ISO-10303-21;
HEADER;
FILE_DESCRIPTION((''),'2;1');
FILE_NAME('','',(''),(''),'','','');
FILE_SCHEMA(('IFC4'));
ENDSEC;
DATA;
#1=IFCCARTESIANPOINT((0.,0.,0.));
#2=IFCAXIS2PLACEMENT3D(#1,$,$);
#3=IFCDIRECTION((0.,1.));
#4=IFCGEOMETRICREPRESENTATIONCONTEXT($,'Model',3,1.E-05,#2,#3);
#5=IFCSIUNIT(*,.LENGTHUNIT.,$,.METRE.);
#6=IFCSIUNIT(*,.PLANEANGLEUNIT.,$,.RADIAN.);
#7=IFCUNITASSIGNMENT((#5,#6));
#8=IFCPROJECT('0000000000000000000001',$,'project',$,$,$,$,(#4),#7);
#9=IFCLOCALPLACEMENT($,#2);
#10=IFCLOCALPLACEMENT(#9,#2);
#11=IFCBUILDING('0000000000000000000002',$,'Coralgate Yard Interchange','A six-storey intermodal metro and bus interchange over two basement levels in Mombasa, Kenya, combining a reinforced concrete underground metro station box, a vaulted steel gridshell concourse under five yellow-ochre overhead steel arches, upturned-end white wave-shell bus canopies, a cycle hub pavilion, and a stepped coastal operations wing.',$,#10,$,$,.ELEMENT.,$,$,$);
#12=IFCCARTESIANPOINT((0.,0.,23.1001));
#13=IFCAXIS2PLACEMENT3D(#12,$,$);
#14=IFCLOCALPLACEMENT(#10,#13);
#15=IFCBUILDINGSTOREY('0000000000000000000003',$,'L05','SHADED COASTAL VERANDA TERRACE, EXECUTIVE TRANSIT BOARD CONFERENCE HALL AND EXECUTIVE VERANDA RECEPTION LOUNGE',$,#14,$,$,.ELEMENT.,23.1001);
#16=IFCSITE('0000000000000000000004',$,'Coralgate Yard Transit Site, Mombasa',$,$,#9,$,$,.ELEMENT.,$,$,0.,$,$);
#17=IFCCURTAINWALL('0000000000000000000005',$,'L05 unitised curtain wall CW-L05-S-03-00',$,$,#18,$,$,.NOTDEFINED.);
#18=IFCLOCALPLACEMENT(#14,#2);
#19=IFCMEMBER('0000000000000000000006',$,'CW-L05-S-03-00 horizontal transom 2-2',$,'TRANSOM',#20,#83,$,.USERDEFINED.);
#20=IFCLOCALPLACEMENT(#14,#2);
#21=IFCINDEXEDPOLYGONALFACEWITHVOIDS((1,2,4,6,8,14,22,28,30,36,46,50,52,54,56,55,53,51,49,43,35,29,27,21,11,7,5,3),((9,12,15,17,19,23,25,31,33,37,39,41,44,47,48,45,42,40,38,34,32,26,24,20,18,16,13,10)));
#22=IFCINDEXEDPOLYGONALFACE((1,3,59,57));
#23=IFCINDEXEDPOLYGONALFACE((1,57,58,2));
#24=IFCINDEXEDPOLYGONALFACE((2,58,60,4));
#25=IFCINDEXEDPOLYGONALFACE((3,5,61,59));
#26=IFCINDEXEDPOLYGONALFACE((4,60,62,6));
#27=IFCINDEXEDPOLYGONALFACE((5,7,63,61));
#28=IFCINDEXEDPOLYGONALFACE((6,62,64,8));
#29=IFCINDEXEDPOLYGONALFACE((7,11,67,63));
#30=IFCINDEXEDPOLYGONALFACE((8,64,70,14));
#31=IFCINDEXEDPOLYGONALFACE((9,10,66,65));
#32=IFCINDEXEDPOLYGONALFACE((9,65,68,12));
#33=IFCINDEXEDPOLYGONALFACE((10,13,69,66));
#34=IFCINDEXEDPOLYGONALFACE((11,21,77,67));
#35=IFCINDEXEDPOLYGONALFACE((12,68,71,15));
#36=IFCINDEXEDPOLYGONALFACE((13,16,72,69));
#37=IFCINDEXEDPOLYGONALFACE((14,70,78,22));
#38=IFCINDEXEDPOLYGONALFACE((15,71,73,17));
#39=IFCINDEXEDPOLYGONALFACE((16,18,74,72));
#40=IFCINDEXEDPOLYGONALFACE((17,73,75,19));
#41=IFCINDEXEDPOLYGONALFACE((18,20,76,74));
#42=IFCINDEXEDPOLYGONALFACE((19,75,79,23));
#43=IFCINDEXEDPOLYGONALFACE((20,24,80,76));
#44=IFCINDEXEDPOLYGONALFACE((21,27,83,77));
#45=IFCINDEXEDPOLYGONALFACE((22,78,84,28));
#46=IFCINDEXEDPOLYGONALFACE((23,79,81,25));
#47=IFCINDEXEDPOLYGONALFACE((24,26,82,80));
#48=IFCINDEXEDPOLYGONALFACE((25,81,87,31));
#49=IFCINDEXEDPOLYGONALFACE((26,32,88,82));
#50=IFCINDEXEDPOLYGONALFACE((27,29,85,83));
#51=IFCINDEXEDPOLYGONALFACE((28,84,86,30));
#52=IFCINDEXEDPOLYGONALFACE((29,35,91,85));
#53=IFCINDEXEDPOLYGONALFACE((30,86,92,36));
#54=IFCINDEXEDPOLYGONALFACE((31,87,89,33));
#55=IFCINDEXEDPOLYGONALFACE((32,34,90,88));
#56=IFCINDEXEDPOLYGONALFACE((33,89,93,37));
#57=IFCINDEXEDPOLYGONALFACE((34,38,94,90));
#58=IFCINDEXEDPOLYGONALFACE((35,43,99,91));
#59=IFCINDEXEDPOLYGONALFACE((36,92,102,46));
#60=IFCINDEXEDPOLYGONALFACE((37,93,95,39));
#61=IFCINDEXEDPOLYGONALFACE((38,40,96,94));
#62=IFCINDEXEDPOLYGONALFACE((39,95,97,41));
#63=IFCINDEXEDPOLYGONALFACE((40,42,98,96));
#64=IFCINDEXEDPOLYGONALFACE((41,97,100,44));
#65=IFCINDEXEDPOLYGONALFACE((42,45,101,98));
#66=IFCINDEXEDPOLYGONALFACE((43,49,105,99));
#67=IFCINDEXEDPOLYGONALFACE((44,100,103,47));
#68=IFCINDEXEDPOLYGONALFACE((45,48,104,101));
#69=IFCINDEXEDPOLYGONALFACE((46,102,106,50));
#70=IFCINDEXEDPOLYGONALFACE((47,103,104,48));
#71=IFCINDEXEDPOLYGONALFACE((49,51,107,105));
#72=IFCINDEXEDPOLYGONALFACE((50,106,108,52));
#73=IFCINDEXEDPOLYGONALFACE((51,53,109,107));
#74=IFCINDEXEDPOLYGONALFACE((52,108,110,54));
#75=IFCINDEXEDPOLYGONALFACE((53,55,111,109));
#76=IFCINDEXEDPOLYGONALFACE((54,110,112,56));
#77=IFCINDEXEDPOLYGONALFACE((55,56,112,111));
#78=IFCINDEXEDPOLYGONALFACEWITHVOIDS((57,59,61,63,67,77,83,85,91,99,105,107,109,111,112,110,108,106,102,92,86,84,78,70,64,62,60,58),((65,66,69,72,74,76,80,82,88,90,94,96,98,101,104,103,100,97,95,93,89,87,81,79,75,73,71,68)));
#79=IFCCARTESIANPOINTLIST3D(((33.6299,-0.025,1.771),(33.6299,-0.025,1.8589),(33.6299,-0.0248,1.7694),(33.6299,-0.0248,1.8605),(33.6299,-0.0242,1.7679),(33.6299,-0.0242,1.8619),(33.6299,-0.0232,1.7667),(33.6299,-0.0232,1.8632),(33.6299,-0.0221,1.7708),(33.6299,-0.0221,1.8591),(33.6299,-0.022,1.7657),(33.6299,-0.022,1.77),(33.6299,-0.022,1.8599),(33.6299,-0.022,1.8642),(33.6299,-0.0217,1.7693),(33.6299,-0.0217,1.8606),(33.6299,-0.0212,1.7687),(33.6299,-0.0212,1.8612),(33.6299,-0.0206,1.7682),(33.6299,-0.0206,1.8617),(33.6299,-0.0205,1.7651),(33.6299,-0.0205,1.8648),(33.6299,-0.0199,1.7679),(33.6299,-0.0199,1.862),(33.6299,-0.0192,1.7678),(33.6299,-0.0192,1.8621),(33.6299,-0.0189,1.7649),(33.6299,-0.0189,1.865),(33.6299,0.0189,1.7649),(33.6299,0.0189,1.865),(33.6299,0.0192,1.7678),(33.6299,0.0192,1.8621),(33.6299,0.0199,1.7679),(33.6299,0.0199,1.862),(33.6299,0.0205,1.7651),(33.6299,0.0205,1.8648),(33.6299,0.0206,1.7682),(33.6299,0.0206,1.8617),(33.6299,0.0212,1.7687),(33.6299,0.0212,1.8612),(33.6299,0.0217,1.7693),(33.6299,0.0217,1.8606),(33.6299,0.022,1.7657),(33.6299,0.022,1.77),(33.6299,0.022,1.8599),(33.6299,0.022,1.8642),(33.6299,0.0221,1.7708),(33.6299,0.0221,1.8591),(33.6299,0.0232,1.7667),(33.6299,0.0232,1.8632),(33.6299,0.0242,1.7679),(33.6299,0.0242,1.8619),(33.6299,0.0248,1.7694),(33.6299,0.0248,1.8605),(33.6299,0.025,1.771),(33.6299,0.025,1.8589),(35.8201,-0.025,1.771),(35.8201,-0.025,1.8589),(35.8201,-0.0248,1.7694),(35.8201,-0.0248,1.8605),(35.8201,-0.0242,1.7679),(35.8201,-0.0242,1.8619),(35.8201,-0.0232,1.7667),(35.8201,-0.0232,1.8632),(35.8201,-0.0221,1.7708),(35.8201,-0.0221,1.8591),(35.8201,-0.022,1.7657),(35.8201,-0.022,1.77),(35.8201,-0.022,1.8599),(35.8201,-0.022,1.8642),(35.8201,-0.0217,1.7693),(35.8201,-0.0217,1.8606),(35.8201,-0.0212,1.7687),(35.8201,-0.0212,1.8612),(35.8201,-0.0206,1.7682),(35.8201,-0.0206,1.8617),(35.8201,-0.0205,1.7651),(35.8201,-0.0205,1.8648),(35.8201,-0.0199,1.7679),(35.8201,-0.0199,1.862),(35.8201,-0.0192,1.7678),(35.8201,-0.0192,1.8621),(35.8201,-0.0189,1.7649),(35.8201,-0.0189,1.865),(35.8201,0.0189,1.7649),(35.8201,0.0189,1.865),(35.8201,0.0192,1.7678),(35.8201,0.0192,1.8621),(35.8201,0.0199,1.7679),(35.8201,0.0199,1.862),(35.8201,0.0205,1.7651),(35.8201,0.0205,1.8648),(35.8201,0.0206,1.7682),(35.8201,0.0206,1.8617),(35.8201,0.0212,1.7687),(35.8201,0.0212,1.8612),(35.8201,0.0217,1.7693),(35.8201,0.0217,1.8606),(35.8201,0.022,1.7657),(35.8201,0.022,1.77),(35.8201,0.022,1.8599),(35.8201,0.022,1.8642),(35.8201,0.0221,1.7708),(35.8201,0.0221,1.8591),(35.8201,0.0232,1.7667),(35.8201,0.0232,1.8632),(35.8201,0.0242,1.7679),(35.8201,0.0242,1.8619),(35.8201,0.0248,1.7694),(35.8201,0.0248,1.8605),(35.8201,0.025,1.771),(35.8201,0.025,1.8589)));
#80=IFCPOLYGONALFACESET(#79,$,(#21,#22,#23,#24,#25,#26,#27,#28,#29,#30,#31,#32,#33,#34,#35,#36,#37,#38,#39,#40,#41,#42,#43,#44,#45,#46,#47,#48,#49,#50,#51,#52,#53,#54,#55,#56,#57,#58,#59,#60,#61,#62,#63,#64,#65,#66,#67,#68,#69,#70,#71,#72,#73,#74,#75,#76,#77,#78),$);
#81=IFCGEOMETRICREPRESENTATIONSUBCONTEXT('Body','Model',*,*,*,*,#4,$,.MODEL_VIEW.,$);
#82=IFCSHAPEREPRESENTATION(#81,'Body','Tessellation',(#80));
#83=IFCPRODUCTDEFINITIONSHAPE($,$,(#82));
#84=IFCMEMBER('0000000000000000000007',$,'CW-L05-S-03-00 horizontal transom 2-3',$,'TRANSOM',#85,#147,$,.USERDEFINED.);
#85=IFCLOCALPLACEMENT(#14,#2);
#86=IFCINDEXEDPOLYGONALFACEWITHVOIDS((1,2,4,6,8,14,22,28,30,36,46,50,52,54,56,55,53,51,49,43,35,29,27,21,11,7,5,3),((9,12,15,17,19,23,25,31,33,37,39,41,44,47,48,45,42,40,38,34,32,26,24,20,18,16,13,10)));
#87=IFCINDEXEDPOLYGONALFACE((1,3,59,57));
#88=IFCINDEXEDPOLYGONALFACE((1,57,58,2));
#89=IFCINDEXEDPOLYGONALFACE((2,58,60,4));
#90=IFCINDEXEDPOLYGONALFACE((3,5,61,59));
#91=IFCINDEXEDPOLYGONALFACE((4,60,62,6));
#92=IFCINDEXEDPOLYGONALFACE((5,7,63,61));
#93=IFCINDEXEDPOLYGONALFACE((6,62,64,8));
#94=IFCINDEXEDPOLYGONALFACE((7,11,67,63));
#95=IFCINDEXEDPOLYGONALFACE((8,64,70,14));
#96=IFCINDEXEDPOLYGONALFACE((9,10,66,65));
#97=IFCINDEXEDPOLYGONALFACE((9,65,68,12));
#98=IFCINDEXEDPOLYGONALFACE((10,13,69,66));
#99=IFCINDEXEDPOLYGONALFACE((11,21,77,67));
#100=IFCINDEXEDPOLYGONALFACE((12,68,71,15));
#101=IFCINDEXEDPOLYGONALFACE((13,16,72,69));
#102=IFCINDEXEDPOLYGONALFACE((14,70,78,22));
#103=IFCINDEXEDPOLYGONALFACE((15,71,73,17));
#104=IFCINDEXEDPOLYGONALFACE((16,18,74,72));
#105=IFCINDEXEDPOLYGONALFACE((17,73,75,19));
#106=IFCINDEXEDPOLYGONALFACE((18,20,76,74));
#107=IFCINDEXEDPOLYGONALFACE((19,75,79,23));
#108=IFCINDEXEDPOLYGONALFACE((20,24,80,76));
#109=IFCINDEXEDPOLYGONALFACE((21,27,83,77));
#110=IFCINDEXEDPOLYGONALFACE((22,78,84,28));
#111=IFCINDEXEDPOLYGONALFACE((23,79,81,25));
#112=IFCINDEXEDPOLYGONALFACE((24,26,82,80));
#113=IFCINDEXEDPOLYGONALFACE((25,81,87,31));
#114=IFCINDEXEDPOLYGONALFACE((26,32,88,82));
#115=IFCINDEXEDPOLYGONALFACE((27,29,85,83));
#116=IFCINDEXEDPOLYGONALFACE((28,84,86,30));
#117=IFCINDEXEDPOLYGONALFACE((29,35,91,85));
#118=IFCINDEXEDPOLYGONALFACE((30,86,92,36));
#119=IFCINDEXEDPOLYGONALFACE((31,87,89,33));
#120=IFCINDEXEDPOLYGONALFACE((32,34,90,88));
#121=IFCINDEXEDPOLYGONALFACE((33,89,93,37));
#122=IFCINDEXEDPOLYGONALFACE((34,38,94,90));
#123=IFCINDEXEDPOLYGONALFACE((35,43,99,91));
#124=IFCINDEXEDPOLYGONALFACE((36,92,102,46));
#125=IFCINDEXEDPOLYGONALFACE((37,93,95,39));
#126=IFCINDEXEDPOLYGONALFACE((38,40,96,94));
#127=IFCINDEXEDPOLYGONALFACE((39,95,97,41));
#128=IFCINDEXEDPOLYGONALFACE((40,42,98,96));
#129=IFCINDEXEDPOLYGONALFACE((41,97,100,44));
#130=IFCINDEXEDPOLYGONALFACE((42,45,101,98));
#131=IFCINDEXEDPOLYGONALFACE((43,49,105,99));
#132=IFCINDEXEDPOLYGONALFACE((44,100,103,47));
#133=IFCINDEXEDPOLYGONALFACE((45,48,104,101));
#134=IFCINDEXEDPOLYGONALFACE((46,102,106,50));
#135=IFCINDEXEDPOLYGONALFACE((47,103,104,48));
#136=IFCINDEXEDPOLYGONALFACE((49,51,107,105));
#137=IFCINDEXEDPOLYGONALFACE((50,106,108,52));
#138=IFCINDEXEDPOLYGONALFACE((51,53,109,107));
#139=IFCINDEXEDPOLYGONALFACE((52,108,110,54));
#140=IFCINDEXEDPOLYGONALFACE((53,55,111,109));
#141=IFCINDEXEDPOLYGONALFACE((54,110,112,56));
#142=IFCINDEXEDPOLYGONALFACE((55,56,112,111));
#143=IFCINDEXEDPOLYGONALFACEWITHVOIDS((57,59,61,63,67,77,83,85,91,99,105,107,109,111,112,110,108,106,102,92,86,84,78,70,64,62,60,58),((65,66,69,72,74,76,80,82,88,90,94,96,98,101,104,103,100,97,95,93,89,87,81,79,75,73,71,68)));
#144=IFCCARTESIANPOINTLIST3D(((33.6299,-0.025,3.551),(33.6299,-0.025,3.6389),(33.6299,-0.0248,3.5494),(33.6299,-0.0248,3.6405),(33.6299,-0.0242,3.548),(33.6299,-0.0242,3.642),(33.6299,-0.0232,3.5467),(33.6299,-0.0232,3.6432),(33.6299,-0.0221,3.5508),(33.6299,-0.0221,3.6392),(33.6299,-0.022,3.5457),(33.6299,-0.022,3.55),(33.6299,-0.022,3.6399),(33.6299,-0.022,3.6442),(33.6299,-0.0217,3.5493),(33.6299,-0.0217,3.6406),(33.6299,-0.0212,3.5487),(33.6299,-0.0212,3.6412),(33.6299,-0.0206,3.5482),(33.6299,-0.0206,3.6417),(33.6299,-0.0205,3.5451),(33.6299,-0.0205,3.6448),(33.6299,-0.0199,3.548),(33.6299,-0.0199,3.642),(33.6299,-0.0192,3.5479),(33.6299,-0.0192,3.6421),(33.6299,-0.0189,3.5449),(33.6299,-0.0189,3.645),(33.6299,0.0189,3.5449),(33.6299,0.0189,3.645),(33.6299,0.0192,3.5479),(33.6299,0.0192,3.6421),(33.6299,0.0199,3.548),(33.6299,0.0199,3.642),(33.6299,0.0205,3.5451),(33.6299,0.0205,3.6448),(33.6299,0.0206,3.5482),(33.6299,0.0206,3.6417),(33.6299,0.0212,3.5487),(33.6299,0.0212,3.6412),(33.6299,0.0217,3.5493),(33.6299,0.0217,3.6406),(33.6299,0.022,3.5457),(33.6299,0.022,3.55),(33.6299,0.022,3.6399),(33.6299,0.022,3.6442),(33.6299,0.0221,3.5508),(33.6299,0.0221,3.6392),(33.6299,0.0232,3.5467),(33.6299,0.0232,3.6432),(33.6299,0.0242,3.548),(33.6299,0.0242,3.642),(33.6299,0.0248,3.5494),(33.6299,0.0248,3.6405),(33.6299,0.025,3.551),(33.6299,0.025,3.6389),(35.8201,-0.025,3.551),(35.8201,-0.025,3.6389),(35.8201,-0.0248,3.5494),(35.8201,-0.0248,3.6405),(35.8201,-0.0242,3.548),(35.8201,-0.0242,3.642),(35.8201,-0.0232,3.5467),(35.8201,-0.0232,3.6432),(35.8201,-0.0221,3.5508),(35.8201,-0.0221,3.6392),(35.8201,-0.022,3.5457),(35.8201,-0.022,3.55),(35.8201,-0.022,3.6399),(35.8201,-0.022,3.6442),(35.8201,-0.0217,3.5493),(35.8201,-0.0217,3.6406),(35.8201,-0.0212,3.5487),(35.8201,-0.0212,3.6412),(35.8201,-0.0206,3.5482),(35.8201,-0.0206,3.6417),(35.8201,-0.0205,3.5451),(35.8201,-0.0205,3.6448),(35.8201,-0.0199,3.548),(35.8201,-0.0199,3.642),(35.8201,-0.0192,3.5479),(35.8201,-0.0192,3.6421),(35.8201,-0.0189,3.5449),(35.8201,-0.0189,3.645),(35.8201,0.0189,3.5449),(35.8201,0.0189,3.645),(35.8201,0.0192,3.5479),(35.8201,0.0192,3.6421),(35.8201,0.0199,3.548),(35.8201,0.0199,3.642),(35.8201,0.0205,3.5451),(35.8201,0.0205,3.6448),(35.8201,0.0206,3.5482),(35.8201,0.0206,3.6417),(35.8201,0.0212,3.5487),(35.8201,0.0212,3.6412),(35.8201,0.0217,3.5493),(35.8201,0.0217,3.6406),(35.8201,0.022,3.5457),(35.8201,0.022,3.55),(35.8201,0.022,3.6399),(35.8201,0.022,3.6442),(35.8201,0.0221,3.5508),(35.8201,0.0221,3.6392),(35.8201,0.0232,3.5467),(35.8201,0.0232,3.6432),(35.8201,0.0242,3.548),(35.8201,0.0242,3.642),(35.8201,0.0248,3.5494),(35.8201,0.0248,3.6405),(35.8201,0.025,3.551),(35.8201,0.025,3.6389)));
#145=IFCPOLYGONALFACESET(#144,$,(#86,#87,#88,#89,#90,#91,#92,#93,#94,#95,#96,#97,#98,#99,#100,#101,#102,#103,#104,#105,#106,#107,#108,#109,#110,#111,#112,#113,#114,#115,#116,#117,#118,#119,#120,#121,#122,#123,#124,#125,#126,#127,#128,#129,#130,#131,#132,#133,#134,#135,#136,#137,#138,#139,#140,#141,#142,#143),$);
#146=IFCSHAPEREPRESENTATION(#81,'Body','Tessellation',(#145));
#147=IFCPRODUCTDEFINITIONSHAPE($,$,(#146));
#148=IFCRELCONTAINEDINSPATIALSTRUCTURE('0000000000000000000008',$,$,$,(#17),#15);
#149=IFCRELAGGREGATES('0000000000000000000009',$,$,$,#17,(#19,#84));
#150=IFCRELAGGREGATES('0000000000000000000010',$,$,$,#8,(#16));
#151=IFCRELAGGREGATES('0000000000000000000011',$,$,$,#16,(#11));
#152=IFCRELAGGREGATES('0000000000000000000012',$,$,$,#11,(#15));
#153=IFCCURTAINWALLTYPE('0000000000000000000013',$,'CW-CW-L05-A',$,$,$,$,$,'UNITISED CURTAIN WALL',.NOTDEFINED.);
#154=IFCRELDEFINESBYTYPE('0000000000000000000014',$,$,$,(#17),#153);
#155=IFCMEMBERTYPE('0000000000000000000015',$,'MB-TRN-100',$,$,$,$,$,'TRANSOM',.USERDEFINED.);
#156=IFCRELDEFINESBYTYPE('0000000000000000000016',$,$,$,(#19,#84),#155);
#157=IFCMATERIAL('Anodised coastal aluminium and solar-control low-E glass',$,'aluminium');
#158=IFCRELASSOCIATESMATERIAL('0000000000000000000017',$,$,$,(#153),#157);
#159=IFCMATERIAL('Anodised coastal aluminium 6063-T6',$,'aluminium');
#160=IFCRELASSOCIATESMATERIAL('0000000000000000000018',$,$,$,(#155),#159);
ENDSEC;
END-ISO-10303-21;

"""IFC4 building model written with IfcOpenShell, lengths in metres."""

from ifc_helpers import new_model, si_unit, direction, frame, origin, origin_2d, place, context, subcontext, project, spatial, hollow_rectangle, extrude, material, material_profile, profile_set, type_object, element, aggregate, save


model = new_model("IFC4")

# Units and contexts
model_context = context("Model", 3, precision=1e-05, world=origin(), true_north=direction((0.0, 1.0)))
body_context = subcontext(model_context, "Body", "Model", "MODEL_VIEW")
ifc_project = project(units=[si_unit("LENGTHUNIT", "METRE"), si_unit("PLANEANGLEUNIT", "RADIAN")], contexts=[model_context])

# Site, building, storey
site_placement = place(None, origin())
site = spatial("IfcSite", under=ifc_project, at=site_placement, Name="Coralgate Yard Transit Site, Mombasa", CompositionType="ELEMENT", RefElevation=0.0)
building_placement = place(site_placement, origin())
building = spatial("IfcBuilding", under=site, at=building_placement, Name="Coralgate Yard Interchange", Description="A six-storey intermodal metro and bus interchange over two basement levels in Mombasa, Kenya, combining a reinforced concrete underground metro station box, a vaulted steel gridshell concourse under five yellow-ochre overhead steel arches, upturned-end white wave-shell bus canopies, a cycle hub pavilion, and a stepped coastal operations wing.", CompositionType="ELEMENT")
storey_placement = place(building_placement, frame((0.0, 0.0, 23.1001)))
storey = spatial("IfcBuildingStorey", under=building, at=storey_placement, Name="L05", Description="SHADED COASTAL VERANDA TERRACE, EXECUTIVE TRANSIT BOARD CONFERENCE HALL AND EXECUTIVE VERANDA RECEPTION LOUNGE", CompositionType="ELEMENT", Elevation=23.1001)

# Curtain wall
ifc_material_1 = material(Name="Anodised coastal aluminium and solar-control low-E glass", Category="aluminium")
curtain_wall_type = type_object("IfcCurtainWallType", Name="CW-CW-L05-A", ElementType="UNITISED CURTAIN WALL", PredefinedType="NOTDEFINED", material=ifc_material_1)
curtain_wall_1_placement = place(storey_placement, origin())
curtain_wall_1 = element("IfcCurtainWall", 1, at=curtain_wall_1_placement, inside=storey, type_object=curtain_wall_type, Name="L05 unitised curtain wall CW-L05-S-03-00", PredefinedType="NOTDEFINED")
ifc_material_2 = material(Name="Anodised coastal aluminium 6063-T6", Category="aluminium")

# Members
ifc_material_profile_1 = material_profile(ifc_material_2, hollow_rectangle(XDim=0.05, YDim=0.1001, WallThickness=0.0029, InnerFilletRadius=0.0029, OuterFilletRadius=0.0061, at=origin_2d()), Name="ALU 50x100x3")
ifc_profile_set_1 = profile_set([ifc_material_profile_1], Name="Anodised coastal aluminium 6063-T6")
member_type_1 = type_object("IfcMemberType", Name="MB-TRN-100", ElementType="TRANSOM", PredefinedType="USERDEFINED", material=ifc_profile_set_1)
member_1_placement = place(storey_placement, frame((35.8201, 0.0, 1.8149), z_axis=(-1.0, 0.0, 0.0), x_axis=(0.0, -1.0, 0.0)))
member_1 = element("IfcMember", 2, at=member_1_placement, type_object=member_type_1, Name="CW-L05-S-03-00 horizontal transom 2-2", ObjectType="TRANSOM", PredefinedType="USERDEFINED", context=body_context, shape_type="SweptSolid", body=[
    extrude(hollow_rectangle(XDim=0.05, YDim=0.1001, WallThickness=0.0029, InnerFilletRadius=0.0029, OuterFilletRadius=0.0061, at=origin_2d()), origin(), (0.0, 0.0, 1.0), 2.1902),
])
member_2_placement = place(storey_placement, frame((35.8201, 0.0, 3.595), z_axis=(-1.0, 0.0, 0.0), x_axis=(0.0, -1.0, 0.0)))
member_2 = element("IfcMember", 3, at=member_2_placement, type_object=member_type_1, Name="CW-L05-S-03-00 horizontal transom 2-3", ObjectType="TRANSOM", PredefinedType="USERDEFINED", context=body_context, shape_type="SweptSolid", body=[
    extrude(hollow_rectangle(XDim=0.05, YDim=0.1001, WallThickness=0.0029, InnerFilletRadius=0.0029, OuterFilletRadius=0.0061, at=origin_2d()), origin(), (0.0, 0.0, 1.0), 2.1902),
])

aggregate(curtain_wall_1, [member_1, member_2])

save(model, "model.ifc")
